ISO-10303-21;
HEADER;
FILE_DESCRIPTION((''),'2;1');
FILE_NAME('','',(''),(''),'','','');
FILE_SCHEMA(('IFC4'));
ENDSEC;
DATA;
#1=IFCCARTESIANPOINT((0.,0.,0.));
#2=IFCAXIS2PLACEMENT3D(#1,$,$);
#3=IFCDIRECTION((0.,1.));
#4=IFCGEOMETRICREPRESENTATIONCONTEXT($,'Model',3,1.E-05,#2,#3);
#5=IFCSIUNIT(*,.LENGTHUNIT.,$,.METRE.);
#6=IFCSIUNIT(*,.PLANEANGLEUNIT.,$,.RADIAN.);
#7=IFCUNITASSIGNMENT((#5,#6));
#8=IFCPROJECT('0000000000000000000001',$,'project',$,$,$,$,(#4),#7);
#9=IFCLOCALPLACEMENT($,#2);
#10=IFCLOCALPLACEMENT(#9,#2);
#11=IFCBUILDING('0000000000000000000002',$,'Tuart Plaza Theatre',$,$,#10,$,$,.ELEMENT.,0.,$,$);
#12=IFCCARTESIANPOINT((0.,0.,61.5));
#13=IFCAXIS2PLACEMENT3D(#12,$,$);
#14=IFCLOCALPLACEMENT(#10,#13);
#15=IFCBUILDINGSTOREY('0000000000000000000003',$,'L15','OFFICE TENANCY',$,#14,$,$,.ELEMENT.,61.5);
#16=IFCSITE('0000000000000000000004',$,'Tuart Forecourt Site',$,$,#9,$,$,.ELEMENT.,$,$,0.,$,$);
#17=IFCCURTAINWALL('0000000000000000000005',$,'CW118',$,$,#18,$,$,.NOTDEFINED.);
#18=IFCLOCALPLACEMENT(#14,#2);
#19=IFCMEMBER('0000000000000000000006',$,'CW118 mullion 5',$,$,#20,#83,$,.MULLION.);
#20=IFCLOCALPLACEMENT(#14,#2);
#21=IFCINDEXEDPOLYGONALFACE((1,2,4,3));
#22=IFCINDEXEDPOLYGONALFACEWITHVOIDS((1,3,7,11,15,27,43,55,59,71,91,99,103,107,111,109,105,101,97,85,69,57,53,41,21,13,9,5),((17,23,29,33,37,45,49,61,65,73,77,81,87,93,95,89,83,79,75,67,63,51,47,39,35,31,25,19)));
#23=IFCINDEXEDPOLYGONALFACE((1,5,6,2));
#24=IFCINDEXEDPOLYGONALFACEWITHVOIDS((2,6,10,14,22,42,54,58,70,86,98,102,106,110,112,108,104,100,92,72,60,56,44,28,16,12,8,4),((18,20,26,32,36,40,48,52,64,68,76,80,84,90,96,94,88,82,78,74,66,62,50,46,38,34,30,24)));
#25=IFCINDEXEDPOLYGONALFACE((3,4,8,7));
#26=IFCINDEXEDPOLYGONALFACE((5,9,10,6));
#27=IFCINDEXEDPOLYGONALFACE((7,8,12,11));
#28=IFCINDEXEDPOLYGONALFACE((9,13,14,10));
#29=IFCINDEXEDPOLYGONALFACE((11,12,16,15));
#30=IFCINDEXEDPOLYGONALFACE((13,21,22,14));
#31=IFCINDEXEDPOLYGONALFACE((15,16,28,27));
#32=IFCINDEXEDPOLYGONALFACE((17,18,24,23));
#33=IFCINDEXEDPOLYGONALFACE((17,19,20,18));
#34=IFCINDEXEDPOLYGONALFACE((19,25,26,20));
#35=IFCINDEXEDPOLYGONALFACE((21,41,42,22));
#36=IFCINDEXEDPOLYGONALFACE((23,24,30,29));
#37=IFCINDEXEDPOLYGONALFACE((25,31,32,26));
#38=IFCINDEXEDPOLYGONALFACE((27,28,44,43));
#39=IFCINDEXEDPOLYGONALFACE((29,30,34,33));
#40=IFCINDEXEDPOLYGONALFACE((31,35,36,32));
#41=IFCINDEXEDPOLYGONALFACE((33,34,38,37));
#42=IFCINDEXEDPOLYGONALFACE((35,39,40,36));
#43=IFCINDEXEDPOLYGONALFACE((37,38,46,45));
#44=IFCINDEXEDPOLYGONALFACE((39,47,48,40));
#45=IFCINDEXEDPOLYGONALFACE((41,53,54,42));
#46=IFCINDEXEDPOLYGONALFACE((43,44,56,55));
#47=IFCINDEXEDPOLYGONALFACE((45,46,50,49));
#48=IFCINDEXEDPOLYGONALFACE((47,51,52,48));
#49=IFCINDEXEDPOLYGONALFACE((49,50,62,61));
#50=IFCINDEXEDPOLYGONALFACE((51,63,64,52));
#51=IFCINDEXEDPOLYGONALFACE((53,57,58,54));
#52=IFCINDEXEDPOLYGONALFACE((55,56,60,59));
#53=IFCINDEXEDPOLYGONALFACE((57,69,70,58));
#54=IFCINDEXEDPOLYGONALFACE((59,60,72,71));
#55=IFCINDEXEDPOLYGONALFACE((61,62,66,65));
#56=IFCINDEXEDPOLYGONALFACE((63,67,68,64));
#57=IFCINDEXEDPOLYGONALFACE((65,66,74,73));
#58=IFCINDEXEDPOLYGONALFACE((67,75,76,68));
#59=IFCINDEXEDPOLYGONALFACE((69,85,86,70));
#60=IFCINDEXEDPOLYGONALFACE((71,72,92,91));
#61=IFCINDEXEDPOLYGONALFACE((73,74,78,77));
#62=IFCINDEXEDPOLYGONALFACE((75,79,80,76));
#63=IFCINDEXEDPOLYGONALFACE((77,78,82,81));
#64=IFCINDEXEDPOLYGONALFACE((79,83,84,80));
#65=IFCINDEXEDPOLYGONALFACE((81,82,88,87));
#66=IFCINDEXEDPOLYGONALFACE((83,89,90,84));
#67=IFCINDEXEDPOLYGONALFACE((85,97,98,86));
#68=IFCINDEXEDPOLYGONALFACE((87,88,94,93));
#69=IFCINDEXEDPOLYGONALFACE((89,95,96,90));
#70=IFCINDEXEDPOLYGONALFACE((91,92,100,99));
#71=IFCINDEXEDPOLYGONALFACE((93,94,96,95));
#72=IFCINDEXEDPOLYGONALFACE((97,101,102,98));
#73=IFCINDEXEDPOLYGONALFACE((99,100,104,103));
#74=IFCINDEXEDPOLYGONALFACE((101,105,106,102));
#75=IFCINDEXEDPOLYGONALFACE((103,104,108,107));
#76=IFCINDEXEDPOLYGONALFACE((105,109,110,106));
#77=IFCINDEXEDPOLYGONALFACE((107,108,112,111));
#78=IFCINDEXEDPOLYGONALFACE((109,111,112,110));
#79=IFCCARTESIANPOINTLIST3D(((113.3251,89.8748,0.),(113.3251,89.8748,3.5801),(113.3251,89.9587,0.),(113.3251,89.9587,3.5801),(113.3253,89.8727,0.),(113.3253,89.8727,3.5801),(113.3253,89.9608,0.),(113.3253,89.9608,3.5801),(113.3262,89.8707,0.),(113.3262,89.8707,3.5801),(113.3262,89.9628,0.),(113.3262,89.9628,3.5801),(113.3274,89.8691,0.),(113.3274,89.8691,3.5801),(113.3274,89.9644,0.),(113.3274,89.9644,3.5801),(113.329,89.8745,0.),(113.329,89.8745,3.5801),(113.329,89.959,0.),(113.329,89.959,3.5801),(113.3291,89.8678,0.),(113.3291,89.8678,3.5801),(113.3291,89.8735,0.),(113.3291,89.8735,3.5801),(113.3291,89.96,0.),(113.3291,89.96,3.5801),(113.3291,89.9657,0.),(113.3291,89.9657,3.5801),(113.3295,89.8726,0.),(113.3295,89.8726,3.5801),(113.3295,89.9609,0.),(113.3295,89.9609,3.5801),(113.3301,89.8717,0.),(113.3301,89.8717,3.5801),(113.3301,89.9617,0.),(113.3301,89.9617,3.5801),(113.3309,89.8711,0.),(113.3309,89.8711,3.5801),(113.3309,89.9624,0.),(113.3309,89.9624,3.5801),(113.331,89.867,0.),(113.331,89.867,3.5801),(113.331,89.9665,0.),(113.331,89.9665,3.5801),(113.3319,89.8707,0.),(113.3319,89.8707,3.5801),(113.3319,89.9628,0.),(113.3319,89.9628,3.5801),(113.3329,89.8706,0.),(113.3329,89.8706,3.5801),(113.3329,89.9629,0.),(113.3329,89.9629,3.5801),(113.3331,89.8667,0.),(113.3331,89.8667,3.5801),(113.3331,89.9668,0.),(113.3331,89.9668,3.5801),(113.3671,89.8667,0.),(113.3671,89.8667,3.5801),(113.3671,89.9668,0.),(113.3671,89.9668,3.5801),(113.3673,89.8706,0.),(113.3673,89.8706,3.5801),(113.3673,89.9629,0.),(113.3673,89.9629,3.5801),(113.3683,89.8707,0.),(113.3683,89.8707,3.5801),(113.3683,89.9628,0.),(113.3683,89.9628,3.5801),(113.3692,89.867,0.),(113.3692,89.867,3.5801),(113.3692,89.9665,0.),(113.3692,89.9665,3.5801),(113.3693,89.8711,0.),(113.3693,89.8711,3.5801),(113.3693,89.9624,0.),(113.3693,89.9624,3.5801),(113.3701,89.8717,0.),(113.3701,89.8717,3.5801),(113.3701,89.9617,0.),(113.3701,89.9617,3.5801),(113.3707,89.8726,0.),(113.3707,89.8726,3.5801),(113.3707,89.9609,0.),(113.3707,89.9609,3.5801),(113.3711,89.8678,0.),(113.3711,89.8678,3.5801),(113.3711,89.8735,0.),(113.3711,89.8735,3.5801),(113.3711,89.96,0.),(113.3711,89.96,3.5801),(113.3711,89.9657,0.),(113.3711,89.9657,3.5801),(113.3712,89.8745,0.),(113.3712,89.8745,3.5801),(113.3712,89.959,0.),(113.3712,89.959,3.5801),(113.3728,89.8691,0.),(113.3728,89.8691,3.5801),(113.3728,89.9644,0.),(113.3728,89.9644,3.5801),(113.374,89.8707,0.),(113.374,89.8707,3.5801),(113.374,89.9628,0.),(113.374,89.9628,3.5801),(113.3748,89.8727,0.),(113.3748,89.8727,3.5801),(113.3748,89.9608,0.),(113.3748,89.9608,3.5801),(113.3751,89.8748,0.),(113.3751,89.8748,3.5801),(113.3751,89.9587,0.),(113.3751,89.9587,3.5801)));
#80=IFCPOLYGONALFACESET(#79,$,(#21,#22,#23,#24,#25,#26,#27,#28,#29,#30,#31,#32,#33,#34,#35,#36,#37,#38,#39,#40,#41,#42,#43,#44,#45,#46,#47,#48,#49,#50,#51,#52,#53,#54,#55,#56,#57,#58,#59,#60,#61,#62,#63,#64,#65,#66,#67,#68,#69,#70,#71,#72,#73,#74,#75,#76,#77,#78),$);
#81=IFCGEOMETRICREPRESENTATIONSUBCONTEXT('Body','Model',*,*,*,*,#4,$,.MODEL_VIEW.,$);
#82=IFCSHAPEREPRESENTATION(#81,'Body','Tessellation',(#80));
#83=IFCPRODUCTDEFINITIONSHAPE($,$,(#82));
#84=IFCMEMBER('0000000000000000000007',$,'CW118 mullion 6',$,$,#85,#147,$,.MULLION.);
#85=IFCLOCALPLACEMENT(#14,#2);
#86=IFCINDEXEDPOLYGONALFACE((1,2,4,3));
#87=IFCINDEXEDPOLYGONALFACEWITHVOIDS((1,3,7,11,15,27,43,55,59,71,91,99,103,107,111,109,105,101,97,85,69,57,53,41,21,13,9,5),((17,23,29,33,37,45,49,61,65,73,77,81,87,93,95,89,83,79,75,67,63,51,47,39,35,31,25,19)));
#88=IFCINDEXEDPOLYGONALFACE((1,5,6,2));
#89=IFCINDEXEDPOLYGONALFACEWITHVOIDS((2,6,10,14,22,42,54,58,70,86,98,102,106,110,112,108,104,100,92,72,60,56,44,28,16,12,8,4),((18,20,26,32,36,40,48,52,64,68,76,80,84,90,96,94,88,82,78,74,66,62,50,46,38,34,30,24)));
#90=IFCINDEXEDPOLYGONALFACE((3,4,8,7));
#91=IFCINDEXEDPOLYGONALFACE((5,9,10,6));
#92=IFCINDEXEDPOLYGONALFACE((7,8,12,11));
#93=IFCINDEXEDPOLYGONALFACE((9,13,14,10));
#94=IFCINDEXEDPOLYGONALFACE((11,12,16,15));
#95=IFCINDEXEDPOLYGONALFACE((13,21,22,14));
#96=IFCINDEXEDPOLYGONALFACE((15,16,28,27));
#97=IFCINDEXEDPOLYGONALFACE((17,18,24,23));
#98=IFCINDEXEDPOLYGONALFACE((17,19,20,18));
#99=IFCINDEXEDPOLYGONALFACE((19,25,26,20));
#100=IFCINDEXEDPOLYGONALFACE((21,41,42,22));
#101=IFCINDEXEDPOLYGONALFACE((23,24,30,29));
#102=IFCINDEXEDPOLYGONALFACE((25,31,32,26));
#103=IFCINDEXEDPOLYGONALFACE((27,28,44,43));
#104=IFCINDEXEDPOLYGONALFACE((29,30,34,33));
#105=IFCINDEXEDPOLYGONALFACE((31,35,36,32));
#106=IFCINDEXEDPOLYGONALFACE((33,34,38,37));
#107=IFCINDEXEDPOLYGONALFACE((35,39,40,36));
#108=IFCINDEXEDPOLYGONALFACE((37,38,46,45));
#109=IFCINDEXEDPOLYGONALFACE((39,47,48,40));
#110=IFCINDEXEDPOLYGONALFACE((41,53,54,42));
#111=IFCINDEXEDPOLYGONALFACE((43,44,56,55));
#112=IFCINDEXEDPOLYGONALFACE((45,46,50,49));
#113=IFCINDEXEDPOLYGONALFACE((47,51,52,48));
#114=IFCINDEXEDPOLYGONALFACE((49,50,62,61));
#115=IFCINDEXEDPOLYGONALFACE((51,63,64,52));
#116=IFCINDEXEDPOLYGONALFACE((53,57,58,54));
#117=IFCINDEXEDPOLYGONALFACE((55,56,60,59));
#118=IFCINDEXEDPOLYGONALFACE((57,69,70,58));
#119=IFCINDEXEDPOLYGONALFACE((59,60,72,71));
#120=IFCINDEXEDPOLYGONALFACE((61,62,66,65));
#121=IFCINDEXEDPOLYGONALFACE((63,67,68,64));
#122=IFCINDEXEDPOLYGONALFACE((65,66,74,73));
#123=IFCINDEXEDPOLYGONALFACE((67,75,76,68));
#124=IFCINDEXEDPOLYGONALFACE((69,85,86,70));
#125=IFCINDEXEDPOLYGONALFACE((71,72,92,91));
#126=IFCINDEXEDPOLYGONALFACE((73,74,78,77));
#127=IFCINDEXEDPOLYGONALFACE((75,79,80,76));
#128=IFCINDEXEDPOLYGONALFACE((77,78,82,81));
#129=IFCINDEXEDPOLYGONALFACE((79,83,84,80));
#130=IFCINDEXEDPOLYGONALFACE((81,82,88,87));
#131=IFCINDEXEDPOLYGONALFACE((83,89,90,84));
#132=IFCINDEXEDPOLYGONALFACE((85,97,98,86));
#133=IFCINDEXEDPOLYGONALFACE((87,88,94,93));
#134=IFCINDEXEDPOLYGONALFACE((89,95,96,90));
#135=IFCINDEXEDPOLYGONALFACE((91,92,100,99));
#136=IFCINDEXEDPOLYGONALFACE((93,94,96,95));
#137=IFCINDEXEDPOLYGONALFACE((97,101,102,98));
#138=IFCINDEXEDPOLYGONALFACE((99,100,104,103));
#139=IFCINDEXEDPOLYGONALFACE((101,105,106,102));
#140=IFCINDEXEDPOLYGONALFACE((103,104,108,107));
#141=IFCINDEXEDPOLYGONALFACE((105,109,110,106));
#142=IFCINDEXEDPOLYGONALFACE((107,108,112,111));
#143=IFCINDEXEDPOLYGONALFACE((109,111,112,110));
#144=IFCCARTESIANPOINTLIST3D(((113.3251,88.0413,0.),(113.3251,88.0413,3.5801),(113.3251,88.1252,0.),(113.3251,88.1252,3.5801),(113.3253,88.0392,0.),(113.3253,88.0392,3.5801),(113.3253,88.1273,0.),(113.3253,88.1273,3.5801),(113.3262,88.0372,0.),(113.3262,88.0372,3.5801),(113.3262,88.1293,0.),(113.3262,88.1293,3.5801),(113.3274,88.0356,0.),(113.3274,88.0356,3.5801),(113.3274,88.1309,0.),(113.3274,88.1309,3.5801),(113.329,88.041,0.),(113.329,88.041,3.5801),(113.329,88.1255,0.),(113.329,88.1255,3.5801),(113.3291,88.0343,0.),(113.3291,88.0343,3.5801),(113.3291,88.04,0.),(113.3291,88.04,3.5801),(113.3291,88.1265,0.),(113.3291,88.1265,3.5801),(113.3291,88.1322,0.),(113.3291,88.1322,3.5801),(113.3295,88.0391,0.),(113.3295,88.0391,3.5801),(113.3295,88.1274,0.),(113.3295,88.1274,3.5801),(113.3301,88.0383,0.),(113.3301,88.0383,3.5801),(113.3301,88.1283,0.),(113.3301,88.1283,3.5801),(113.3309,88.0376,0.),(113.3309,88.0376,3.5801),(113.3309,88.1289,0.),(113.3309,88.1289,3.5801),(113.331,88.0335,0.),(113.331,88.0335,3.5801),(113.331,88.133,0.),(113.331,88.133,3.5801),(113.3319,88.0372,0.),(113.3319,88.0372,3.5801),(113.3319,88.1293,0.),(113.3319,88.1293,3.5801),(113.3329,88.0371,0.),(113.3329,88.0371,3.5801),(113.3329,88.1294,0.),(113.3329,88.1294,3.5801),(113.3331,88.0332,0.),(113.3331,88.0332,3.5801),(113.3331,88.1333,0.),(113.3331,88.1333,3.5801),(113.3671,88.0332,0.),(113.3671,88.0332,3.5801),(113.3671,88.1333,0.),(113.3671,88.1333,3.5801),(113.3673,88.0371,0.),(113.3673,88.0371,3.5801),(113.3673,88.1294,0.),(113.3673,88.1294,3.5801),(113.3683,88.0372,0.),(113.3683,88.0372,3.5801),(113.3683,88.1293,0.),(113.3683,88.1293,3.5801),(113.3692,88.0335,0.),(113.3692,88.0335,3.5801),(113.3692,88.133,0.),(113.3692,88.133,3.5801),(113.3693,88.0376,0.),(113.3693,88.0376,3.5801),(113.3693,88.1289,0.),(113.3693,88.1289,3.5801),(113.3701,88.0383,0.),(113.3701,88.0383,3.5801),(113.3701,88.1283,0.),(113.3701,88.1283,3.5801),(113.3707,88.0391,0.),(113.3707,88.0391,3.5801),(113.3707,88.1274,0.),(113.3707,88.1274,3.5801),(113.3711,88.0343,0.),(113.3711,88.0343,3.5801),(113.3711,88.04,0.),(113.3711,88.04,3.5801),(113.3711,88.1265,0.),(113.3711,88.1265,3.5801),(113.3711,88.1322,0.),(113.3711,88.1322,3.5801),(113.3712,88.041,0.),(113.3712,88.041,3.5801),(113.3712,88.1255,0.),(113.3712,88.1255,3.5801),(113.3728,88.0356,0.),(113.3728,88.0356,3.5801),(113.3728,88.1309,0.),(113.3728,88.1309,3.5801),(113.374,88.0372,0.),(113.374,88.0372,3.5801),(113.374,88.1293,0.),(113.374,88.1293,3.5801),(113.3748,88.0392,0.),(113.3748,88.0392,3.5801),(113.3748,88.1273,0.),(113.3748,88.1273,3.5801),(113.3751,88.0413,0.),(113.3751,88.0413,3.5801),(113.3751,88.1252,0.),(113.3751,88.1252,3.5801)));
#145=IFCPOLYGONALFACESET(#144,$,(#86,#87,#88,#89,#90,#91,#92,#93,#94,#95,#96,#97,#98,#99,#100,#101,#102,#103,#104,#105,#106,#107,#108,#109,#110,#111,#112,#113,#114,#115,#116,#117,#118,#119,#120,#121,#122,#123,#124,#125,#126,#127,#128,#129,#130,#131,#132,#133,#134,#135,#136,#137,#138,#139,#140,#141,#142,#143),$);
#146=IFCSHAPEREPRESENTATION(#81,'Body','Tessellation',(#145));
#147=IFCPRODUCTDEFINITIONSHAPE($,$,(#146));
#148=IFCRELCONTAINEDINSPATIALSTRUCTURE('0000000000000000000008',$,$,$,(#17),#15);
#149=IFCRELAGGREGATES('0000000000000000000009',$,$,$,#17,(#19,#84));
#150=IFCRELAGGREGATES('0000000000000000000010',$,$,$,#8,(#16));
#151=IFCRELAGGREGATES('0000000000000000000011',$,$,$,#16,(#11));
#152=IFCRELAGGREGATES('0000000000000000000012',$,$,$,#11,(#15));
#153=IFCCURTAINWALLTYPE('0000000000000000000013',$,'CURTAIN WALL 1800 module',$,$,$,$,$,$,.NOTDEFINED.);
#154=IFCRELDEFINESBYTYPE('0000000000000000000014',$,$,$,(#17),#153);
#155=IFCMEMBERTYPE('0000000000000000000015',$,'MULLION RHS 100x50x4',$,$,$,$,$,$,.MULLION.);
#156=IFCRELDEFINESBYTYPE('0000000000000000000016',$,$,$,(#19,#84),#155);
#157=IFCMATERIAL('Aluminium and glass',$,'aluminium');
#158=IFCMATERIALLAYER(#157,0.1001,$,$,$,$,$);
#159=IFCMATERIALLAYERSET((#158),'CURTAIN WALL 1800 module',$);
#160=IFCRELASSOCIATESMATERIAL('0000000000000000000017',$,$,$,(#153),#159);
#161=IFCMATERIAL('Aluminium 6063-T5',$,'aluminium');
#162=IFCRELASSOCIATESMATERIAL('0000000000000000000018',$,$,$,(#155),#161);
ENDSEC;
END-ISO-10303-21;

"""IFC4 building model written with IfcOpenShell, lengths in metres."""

from ifc_helpers import new_model, si_unit, direction, frame, origin, origin_2d, place, context, subcontext, project, spatial, hollow_rectangle, extrude, material, layer, layer_set, material_profile, profile_set, type_object, element, aggregate, save


model = new_model("IFC4")

# Units and contexts
model_context = context("Model", 3, precision=1e-05, world=origin(), true_north=direction((0.0, 1.0)))
body_context = subcontext(model_context, "Body", "Model", "MODEL_VIEW")
ifc_project = project(units=[si_unit("LENGTHUNIT", "METRE"), si_unit("PLANEANGLEUNIT", "RADIAN")], contexts=[model_context])

# Site, building, storey
site_placement = place(None, origin())
site = spatial("IfcSite", under=ifc_project, at=site_placement, Name="Tuart Forecourt Site", CompositionType="ELEMENT", RefElevation=0.0)
building_placement = place(site_placement, origin())
building = spatial("IfcBuilding", under=site, at=building_placement, Name="Tuart Plaza Theatre", CompositionType="ELEMENT", ElevationOfRefHeight=0.0)
storey_placement = place(building_placement, frame((0.0, 0.0, 61.5)))
storey = spatial("IfcBuildingStorey", under=building, at=storey_placement, Name="L15", Description="OFFICE TENANCY", CompositionType="ELEMENT", Elevation=61.5)

# Curtain wall, members
ifc_material_1 = material(Name="Aluminium and glass", Category="aluminium")
ifc_layer_1 = layer(ifc_material_1, 0.1001)
ifc_layer_set_1 = layer_set([ifc_layer_1], Name="CURTAIN WALL 1800 module")
curtain_wall_type = type_object("IfcCurtainWallType", Name="CURTAIN WALL 1800 module", PredefinedType="NOTDEFINED", material=ifc_layer_set_1)
curtain_wall_placement = place(storey_placement, origin())
curtain_wall = element("IfcCurtainWall", 1, at=curtain_wall_placement, inside=storey, type_object=curtain_wall_type, Name="CW118", PredefinedType="NOTDEFINED")
ifc_material_2 = material(Name="Aluminium 6063-T5", Category="aluminium")
ifc_material_profile = material_profile(ifc_material_2, hollow_rectangle(XDim=0.05, YDim=0.1001, WallThickness=0.0039, InnerFilletRadius=0.0039, OuterFilletRadius=0.0081, at=origin_2d()), Name="RHS 100x50x4")
ifc_profile_set = profile_set([ifc_material_profile], Name="Aluminium 6063-T5")
member_type = type_object("IfcMemberType", Name="MULLION RHS 100x50x4", PredefinedType="MULLION", material=ifc_profile_set)
member_1_placement = place(storey_placement, frame((113.3501, 89.9167, 0.0), z_axis=(0.0, 0.0, 1.0), x_axis=(1.0, 0.0, 0.0)))
member_1 = element("IfcMember", 2, at=member_1_placement, type_object=member_type, Name="CW118 mullion 5", PredefinedType="MULLION", context=body_context, shape_type="SweptSolid", body=[
    extrude(hollow_rectangle(XDim=0.05, YDim=0.1001, WallThickness=0.0039, InnerFilletRadius=0.0039, OuterFilletRadius=0.0081, at=origin_2d()), origin(), (0.0, 0.0, 1.0), 3.5801),
])
member_2_placement = place(storey_placement, frame((113.3501, 88.0833, 0.0), z_axis=(0.0, 0.0, 1.0), x_axis=(1.0, 0.0, 0.0)))
member_2 = element("IfcMember", 3, at=member_2_placement, type_object=member_type, Name="CW118 mullion 6", PredefinedType="MULLION", context=body_context, shape_type="SweptSolid", body=[
    extrude(hollow_rectangle(XDim=0.05, YDim=0.1001, WallThickness=0.0039, InnerFilletRadius=0.0039, OuterFilletRadius=0.0081, at=origin_2d()), origin(), (0.0, 0.0, 1.0), 3.5801),
])
aggregate(curtain_wall, [member_1, member_2])

save(model, "model.ifc")
